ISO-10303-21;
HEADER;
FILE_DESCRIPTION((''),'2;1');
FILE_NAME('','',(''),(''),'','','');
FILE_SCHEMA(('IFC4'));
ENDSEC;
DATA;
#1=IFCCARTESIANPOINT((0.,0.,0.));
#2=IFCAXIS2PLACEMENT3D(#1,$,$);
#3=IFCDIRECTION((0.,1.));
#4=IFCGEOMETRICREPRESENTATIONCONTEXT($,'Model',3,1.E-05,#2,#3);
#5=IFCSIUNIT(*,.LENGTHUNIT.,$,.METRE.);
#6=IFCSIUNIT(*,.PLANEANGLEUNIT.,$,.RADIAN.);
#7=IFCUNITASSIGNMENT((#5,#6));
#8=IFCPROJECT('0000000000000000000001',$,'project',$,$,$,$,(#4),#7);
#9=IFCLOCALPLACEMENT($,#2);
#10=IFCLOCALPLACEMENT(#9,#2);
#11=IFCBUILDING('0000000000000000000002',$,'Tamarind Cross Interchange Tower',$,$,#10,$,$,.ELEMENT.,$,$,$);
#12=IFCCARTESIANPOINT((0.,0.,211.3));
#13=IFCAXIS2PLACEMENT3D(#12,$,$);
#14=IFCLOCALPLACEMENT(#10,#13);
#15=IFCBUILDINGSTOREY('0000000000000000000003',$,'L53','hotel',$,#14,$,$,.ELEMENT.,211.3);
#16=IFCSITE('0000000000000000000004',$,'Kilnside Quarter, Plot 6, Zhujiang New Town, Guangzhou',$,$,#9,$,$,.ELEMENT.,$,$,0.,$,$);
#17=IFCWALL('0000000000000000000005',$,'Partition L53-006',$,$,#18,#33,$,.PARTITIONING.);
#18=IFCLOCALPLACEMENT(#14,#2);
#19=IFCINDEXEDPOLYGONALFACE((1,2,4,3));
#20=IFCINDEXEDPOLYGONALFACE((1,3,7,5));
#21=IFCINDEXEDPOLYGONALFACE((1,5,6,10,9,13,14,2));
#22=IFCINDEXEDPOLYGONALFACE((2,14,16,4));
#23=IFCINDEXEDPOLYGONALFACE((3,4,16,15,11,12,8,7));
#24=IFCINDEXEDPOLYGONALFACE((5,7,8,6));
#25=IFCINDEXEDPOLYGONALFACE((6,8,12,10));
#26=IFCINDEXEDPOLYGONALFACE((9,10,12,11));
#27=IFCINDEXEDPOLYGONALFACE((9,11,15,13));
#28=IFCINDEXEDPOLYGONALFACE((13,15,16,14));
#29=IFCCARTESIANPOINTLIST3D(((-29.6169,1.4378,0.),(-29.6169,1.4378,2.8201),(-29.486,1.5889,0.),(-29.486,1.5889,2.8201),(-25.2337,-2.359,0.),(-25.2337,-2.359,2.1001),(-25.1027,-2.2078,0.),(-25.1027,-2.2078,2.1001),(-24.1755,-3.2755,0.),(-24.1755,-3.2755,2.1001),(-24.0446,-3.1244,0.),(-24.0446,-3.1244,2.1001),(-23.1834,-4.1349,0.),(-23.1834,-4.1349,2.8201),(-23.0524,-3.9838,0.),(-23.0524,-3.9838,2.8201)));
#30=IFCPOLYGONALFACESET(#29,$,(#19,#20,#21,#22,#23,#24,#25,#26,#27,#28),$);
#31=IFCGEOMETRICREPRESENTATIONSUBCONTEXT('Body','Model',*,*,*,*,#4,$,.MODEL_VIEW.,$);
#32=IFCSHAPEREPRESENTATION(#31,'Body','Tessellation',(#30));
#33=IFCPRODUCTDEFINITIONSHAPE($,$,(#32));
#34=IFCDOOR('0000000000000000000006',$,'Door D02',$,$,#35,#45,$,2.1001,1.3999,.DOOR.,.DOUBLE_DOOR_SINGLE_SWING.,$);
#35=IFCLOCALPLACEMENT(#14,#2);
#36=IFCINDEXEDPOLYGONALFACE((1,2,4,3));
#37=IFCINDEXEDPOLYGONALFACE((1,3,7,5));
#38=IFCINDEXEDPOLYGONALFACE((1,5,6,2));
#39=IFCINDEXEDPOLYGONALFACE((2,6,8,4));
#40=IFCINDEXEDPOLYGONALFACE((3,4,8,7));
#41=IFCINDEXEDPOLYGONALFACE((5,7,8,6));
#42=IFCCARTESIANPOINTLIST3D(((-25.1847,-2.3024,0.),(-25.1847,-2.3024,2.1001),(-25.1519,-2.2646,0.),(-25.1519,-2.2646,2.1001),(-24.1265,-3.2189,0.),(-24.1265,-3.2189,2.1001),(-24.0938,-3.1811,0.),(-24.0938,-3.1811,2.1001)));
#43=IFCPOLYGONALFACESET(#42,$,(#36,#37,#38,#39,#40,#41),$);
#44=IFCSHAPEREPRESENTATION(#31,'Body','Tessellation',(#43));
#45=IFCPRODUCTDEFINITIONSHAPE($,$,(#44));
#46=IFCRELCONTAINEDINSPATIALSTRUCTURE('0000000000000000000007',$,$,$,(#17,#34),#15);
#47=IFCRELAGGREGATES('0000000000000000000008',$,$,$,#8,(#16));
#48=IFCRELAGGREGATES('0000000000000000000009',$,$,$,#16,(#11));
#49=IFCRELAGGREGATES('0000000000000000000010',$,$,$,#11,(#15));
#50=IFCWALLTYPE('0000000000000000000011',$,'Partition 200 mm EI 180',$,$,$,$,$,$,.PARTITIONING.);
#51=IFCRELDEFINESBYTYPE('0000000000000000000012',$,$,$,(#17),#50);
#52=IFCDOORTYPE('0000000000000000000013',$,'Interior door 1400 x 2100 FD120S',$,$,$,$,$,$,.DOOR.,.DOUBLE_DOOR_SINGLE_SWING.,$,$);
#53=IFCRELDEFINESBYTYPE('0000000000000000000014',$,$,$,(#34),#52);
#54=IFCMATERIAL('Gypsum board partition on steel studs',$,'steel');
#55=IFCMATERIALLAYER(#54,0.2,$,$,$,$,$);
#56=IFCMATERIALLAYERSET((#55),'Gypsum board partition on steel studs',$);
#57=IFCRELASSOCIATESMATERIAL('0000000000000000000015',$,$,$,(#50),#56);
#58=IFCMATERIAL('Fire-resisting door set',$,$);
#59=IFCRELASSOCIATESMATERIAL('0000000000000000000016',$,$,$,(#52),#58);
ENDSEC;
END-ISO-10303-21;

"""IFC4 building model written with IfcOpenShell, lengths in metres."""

from ifc_helpers import new_model, si_unit, direction, frame, frame_2d, origin, place, context, subcontext, project, spatial, rectangle, extrude, material, layer, layer_set, type_object, element, fill, save


model = new_model("IFC4")

# Units and contexts
model_context = context("Model", 3, precision=1e-05, world=origin(), true_north=direction((0.0, 1.0)))
body_context = subcontext(model_context, "Body", "Model", "MODEL_VIEW")
ifc_project = project(units=[si_unit("LENGTHUNIT", "METRE"), si_unit("PLANEANGLEUNIT", "RADIAN")], contexts=[model_context])

# Site, building, storey
site_placement = place(None, origin())
site = spatial("IfcSite", under=ifc_project, at=site_placement, Name="Kilnside Quarter, Plot 6, Zhujiang New Town, Guangzhou", CompositionType="ELEMENT", RefElevation=0.0)
building_placement = place(site_placement, origin())
building = spatial("IfcBuilding", under=site, at=building_placement, Name="Tamarind Cross Interchange Tower", CompositionType="ELEMENT")
storey_placement = place(building_placement, frame((0.0, 0.0, 211.3)))
storey = spatial("IfcBuildingStorey", under=building, at=storey_placement, Name="L53", Description="hotel", CompositionType="ELEMENT", Elevation=211.3)

# Shared definitions
ifc_material_1 = material(Name="Gypsum board partition on steel studs", Category="steel")

# Wall, opening, door
ifc_layer_1 = layer(ifc_material_1, 0.2)
ifc_layer_set_1 = layer_set([ifc_layer_1], Name="Gypsum board partition on steel studs")
wall_type_1 = type_object("IfcWallType", Name="Partition 200 mm EI 180", PredefinedType="PARTITIONING", material=ifc_layer_set_1)
wall_1_placement = place(storey_placement, frame((-29.5515, 1.5134, 0.0), z_axis=(0.0, 0.0, 1.0), x_axis=(0.755865, -0.654727, 0.0)))
wall_1 = element("IfcWall", 1, at=wall_1_placement, inside=storey, type_object=wall_type_1, Name="Partition L53-006", PredefinedType="PARTITIONING", context=body_context, shape_type="SweptSolid", body=[
    extrude(rectangle(XDim=8.5115, YDim=0.2, at=frame_2d((4.2559, 0.0))), origin(), (0.0, 0.0, 1.0), 2.8201),
])
opening_1_placement = place(wall_1_placement, frame((5.7991, 0.0, 0.0)))
opening_1 = element("IfcOpeningElement", 2, at=opening_1_placement, cuts=wall_1, PredefinedType="OPENING", context=body_context, shape_type="SweptSolid", body=[
    extrude(rectangle(XDim=1.3999, YDim=2.1001, at=frame_2d((0.7, 1.05))), frame((0.0, 0.1099, 0.0), z_axis=(0.0, -1.0, 0.0), x_axis=(1.0, 0.0, 0.0)), (0.0, 0.0, 1.0), 0.22),
])
ifc_material_2 = material(Name="Fire-resisting door set")
door_type_1 = type_object("IfcDoorType", Name="Interior door 1400 x 2100 FD120S", OperationType="DOUBLE_DOOR_SINGLE_SWING", PredefinedType="DOOR", material=ifc_material_2)
door_1_placement = place(opening_1_placement, origin())
door_1 = element("IfcDoor", 3, at=door_1_placement, inside=storey, type_object=door_type_1, Name="Door D02", OperationType="DOUBLE_DOOR_SINGLE_SWING", OverallHeight=2.1001, OverallWidth=1.3999, PredefinedType="DOOR", context=body_context, shape_type="SweptSolid", body=[
    extrude(rectangle(XDim=1.3999, YDim=2.1001, at=frame_2d((0.7, 1.05))), frame((0.0, 0.0249, 0.0), z_axis=(0.0, -1.0, 0.0), x_axis=(1.0, 0.0, 0.0)), (0.0, 0.0, 1.0), 0.05),
])
fill(opening_1, door_1)

save(model, "model.ifc")
